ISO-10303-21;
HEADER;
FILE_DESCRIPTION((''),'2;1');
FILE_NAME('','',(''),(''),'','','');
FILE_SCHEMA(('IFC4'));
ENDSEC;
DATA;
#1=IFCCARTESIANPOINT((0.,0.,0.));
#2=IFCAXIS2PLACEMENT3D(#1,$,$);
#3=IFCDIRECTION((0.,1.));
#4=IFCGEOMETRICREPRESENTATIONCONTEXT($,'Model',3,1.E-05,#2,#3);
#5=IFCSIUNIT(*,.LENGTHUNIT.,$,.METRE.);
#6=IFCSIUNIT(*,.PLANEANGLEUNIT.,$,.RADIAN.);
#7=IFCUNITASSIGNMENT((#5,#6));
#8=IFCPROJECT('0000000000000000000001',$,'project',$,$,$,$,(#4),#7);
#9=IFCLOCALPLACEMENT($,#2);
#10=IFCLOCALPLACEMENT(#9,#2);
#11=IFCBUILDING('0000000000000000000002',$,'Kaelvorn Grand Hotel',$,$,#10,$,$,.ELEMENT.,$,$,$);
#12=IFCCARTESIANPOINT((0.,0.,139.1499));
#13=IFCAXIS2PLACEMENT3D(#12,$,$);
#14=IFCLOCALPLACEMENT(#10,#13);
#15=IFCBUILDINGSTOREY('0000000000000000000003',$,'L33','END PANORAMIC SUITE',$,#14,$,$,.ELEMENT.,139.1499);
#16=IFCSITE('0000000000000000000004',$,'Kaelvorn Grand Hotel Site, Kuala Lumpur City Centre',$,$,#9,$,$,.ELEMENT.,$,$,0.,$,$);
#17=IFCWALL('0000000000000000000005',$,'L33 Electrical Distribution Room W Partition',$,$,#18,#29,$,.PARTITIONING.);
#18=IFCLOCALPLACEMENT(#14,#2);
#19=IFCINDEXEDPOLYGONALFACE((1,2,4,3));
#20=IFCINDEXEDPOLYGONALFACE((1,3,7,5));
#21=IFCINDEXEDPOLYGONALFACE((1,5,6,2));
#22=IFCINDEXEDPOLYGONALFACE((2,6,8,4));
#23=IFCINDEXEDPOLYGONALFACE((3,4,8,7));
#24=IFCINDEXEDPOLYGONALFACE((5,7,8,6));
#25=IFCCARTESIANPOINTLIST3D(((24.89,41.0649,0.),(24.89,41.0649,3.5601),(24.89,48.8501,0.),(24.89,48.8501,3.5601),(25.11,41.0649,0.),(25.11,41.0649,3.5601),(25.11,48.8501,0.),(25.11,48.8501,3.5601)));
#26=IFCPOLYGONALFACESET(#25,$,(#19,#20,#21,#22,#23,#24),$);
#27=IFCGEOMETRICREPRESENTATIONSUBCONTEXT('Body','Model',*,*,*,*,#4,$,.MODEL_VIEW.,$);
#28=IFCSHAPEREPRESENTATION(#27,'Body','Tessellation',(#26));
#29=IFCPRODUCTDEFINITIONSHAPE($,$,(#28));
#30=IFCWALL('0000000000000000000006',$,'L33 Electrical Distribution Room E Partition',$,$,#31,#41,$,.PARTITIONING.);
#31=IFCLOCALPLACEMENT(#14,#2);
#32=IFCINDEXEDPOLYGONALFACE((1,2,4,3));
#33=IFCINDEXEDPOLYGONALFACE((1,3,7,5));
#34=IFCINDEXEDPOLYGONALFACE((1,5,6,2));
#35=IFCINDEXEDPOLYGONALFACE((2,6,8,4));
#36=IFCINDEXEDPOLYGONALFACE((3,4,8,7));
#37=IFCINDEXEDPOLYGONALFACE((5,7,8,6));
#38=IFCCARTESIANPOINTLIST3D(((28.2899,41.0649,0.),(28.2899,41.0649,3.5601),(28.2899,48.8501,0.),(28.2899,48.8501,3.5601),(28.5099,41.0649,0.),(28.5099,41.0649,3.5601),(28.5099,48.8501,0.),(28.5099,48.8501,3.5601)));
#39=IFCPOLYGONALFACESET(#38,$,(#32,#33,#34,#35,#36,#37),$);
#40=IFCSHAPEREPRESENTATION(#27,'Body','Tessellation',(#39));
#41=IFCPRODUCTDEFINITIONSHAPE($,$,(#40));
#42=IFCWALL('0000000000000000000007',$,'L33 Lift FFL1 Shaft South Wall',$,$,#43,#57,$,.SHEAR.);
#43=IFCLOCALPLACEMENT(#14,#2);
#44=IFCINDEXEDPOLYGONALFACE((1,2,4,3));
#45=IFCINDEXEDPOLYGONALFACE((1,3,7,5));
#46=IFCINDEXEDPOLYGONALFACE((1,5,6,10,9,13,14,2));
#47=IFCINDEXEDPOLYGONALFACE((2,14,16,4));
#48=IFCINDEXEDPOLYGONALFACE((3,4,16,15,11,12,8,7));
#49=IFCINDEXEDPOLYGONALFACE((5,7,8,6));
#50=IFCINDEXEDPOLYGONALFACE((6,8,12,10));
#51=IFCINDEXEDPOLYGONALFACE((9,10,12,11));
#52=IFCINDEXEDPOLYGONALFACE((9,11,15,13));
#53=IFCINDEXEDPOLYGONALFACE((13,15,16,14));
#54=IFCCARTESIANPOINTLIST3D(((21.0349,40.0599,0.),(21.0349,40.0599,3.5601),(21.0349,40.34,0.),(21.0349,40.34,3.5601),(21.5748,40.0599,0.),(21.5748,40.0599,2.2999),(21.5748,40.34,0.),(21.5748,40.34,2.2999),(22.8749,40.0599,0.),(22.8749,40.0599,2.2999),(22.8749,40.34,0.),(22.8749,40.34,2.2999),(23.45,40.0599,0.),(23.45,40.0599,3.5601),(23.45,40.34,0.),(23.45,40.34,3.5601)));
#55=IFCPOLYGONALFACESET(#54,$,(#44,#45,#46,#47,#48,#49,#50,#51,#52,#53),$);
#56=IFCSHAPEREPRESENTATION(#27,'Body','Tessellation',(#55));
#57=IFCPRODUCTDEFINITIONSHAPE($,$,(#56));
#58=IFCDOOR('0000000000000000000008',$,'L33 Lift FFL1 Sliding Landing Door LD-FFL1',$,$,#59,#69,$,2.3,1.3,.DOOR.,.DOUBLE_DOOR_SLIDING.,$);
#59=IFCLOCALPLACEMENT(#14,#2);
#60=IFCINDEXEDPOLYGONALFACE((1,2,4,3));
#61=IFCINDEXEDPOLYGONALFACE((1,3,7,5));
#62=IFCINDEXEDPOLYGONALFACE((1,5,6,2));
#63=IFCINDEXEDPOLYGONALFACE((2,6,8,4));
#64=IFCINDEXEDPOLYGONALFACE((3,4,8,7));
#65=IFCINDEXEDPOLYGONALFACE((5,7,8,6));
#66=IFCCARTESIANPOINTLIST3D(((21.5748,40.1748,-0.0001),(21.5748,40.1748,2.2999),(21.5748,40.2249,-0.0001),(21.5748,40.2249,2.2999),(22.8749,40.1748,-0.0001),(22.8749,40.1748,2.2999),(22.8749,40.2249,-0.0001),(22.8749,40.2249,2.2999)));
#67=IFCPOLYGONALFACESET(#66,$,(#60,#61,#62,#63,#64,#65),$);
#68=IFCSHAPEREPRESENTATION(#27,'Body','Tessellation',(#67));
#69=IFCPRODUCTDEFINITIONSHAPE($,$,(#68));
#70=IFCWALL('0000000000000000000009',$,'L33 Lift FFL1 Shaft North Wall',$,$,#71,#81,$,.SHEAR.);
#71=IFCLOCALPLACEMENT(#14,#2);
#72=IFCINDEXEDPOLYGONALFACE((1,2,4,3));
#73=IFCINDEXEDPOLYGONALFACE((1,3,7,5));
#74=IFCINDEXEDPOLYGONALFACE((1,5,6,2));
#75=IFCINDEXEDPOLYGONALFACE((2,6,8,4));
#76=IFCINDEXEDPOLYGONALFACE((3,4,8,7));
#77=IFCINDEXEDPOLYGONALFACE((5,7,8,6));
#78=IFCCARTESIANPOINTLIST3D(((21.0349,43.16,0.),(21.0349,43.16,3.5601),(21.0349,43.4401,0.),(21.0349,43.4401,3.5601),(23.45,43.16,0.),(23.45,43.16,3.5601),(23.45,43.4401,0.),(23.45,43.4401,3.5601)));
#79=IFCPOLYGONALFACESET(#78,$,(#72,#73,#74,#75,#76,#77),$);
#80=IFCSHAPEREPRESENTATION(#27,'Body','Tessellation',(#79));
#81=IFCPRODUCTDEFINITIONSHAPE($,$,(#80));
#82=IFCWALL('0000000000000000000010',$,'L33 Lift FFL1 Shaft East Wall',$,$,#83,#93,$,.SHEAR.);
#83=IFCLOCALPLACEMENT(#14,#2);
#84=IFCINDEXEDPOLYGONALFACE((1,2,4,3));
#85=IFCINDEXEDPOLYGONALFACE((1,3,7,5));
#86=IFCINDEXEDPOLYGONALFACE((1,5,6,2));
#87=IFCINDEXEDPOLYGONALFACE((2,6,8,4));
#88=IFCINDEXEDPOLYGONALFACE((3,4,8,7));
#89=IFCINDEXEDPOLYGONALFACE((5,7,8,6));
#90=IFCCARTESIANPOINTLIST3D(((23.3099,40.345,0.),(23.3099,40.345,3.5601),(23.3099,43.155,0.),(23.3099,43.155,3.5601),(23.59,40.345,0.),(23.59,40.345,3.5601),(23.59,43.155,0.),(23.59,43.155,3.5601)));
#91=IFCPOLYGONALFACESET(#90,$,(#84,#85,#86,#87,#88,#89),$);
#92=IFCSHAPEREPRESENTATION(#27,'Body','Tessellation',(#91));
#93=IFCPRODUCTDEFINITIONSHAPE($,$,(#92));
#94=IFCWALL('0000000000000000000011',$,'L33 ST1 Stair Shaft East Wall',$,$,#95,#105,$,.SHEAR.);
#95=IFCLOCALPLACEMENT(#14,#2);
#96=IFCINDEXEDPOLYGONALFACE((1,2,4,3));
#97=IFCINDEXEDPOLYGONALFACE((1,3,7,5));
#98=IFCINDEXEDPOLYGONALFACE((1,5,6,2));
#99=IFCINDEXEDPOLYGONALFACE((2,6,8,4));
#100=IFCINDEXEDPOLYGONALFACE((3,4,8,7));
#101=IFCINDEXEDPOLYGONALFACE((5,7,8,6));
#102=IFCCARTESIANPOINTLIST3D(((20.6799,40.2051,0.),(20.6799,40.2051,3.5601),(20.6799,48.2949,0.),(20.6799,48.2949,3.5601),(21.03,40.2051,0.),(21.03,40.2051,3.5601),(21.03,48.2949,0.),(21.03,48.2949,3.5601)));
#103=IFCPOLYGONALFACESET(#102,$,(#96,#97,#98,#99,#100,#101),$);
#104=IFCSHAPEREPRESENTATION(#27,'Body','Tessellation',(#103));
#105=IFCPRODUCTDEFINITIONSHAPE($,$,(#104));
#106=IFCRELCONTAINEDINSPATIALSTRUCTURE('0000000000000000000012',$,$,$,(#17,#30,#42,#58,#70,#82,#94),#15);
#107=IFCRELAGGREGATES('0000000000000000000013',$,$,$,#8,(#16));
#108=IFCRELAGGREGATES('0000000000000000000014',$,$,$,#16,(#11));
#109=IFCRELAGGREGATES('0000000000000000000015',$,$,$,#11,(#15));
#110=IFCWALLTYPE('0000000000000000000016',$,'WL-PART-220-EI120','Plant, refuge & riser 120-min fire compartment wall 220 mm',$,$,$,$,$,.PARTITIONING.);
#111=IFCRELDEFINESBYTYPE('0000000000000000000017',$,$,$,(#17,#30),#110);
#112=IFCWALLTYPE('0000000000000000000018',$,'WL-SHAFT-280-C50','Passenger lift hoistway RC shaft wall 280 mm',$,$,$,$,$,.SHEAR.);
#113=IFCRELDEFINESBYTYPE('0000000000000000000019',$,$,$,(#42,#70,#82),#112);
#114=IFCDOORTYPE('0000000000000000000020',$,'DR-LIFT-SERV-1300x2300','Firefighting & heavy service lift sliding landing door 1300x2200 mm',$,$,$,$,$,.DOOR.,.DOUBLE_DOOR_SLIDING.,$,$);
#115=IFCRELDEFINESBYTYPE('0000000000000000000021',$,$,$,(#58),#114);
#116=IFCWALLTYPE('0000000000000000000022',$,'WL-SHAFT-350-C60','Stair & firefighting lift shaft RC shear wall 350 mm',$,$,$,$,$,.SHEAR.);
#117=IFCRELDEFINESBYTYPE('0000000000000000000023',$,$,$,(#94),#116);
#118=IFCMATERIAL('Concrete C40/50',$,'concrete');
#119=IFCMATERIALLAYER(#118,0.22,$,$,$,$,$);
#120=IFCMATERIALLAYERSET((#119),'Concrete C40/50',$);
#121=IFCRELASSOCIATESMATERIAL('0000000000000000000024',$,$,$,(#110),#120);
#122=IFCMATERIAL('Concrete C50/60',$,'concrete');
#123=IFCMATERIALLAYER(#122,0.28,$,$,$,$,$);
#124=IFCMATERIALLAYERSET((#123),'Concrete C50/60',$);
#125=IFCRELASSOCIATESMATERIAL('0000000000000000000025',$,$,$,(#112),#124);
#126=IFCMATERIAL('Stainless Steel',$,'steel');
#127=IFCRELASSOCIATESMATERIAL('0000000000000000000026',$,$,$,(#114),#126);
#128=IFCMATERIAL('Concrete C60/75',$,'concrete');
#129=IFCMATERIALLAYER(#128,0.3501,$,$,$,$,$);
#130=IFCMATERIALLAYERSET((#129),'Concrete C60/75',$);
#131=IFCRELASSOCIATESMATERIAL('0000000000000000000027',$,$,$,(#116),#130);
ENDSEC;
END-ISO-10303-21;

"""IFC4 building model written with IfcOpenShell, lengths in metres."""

from ifc_helpers import new_model, si_unit, direction, frame, frame_2d, origin, place, context, subcontext, project, spatial, rectangle, extrude, material, layer, layer_set, type_object, element, fill, save


model = new_model("IFC4")

# Units and contexts
model_context = context("Model", 3, precision=1e-05, world=origin(), true_north=direction((0.0, 1.0)))
body_context = subcontext(model_context, "Body", "Model", "MODEL_VIEW")
ifc_project = project(units=[si_unit("LENGTHUNIT", "METRE"), si_unit("PLANEANGLEUNIT", "RADIAN")], contexts=[model_context])

# Site, building, storey
site_placement = place(None, origin())
site = spatial("IfcSite", under=ifc_project, at=site_placement, Name="Kaelvorn Grand Hotel Site, Kuala Lumpur City Centre", CompositionType="ELEMENT", RefElevation=0.0)
building_placement = place(site_placement, origin())
building = spatial("IfcBuilding", under=site, at=building_placement, Name="Kaelvorn Grand Hotel", CompositionType="ELEMENT")
storey_placement = place(building_placement, frame((0.0, 0.0, 139.1499)))
storey = spatial("IfcBuildingStorey", under=building, at=storey_placement, Name="L33", Description="END PANORAMIC SUITE", CompositionType="ELEMENT", Elevation=139.1499)

# Shared definitions
ifc_material_1 = material(Name="Concrete C60/75", Category="concrete")

# Shared definitions
ifc_material_2 = material(Name="Concrete C40/50", Category="concrete")
ifc_layer_1 = layer(ifc_material_2, 0.22)
ifc_layer_set_1 = layer_set([ifc_layer_1], Name="Concrete C40/50")
wall_type_1 = type_object("IfcWallType", Name="WL-PART-220-EI120", Description="Plant, refuge & riser 120-min fire compartment wall 220 mm", PredefinedType="PARTITIONING", material=ifc_layer_set_1)

# Walls
for number, where, z_axis, x_axis, name in (
    (1, (25.0, 41.0649, 0.0), (0.0, 0.0, 1.0), (0.0, 1.0, 0.0), "L33 Electrical Distribution Room W Partition"),
    (2, (28.3999, 41.0649, 0.0), (0.0, 0.0, 1.0), (0.0, 1.0, 0.0), "L33 Electrical Distribution Room E Partition"),
):
    element("IfcWall", number, at=place(storey_placement, frame(where, z_axis=z_axis, x_axis=x_axis)), inside=storey, type_object=wall_type_1, Name=name, PredefinedType="PARTITIONING", context=body_context, shape_type="SweptSolid", body=[
        extrude(rectangle(XDim=7.7852, YDim=0.22, at=frame_2d((3.8926, 0.0))), origin(), (0.0, 0.0, 1.0), 3.5601),
    ])

# Wall, opening, door
ifc_material_3 = material(Name="Concrete C50/60", Category="concrete")
ifc_layer_2 = layer(ifc_material_3, 0.28)
ifc_layer_set_2 = layer_set([ifc_layer_2], Name="Concrete C50/60")
wall_type_2 = type_object("IfcWallType", Name="WL-SHAFT-280-C50", Description="Passenger lift hoistway RC shaft wall 280 mm", PredefinedType="SHEAR", material=ifc_layer_set_2)
wall_1_placement = place(storey_placement, frame((21.0349, 40.2, 0.0), z_axis=(0.0, 0.0, 1.0), x_axis=(1.0, 0.0, 0.0)))
wall_1 = element("IfcWall", 3, at=wall_1_placement, inside=storey, type_object=wall_type_2, Name="L33 Lift FFL1 Shaft South Wall", PredefinedType="SHEAR", context=body_context, shape_type="SweptSolid", body=[
    extrude(rectangle(XDim=2.415, YDim=0.28, at=frame_2d((1.2075, 0.0))), origin(), (0.0, 0.0, 1.0), 3.5601),
])
opening_1_placement = place(wall_1_placement, frame((0.54, 0.0, 0.0)))
opening_1 = element("IfcOpeningElement", 4, at=opening_1_placement, cuts=wall_1, PredefinedType="OPENING", context=body_context, shape_type="SweptSolid", body=[
    extrude(rectangle(XDim=1.3, YDim=2.3, at=frame_2d((0.6499, 1.1499))), frame((0.0, 0.1499, 0.0), z_axis=(0.0, -1.0, 0.0), x_axis=(1.0, 0.0, 0.0)), (0.0, 0.0, 1.0), 0.3),
])
ifc_material_4 = material(Name="Stainless Steel", Category="steel")
door_type_1 = type_object("IfcDoorType", Name="DR-LIFT-SERV-1300x2300", Description="Firefighting & heavy service lift sliding landing door 1300x2200 mm", OperationType="DOUBLE_DOOR_SLIDING", PredefinedType="DOOR", material=ifc_material_4)
door_1_placement = place(opening_1_placement, origin())
door_1 = element("IfcDoor", 5, at=door_1_placement, inside=storey, type_object=door_type_1, Name="L33 Lift FFL1 Sliding Landing Door LD-FFL1", OperationType="DOUBLE_DOOR_SLIDING", OverallHeight=2.3, OverallWidth=1.3, PredefinedType="DOOR", context=body_context, shape_type="SweptSolid", body=[
    extrude(rectangle(XDim=1.3, YDim=2.3, at=frame_2d((0.6499, 1.1499))), frame((0.0, 0.0249, 0.0), z_axis=(0.0, -1.0, 0.0), x_axis=(1.0, 0.0, 0.0)), (0.0, 0.0, 1.0), 0.05),
])
fill(opening_1, door_1)

# Walls
wall_2_placement = place(storey_placement, frame((21.0349, 43.3, 0.0), z_axis=(0.0, 0.0, 1.0), x_axis=(1.0, 0.0, 0.0)))
element("IfcWall", 6, at=wall_2_placement, inside=storey, type_object=wall_type_2, Name="L33 Lift FFL1 Shaft North Wall", PredefinedType="SHEAR", context=body_context, shape_type="SweptSolid", body=[
    extrude(rectangle(XDim=2.415, YDim=0.28, at=frame_2d((1.2075, 0.0))), origin(), (0.0, 0.0, 1.0), 3.5601),
])
wall_3_placement = place(storey_placement, frame((23.45, 40.345, 0.0), z_axis=(0.0, 0.0, 1.0), x_axis=(0.0, 1.0, 0.0)))
element("IfcWall", 7, at=wall_3_placement, inside=storey, type_object=wall_type_2, Name="L33 Lift FFL1 Shaft East Wall", PredefinedType="SHEAR", context=body_context, shape_type="SweptSolid", body=[
    extrude(rectangle(XDim=2.8101, YDim=0.28, at=frame_2d((1.405, 0.0))), origin(), (0.0, 0.0, 1.0), 3.5601),
])
ifc_layer_3 = layer(ifc_material_1, 0.3501)
ifc_layer_set_3 = layer_set([ifc_layer_3], Name="Concrete C60/75")
wall_type_3 = type_object("IfcWallType", Name="WL-SHAFT-350-C60", Description="Stair & firefighting lift shaft RC shear wall 350 mm", PredefinedType="SHEAR", material=ifc_layer_set_3)
wall_4_placement = place(storey_placement, frame((20.855, 40.2051, 0.0), z_axis=(0.0, 0.0, 1.0), x_axis=(0.0, 1.0, 0.0)))
element("IfcWall", 8, at=wall_4_placement, inside=storey, type_object=wall_type_3, Name="L33 ST1 Stair Shaft East Wall", PredefinedType="SHEAR", context=body_context, shape_type="SweptSolid", body=[
    extrude(rectangle(XDim=8.0898, YDim=0.3501, at=frame_2d((4.0449, 0.0))), origin(), (0.0, 0.0, 1.0), 3.5601),
])

save(model, "model.ifc")
